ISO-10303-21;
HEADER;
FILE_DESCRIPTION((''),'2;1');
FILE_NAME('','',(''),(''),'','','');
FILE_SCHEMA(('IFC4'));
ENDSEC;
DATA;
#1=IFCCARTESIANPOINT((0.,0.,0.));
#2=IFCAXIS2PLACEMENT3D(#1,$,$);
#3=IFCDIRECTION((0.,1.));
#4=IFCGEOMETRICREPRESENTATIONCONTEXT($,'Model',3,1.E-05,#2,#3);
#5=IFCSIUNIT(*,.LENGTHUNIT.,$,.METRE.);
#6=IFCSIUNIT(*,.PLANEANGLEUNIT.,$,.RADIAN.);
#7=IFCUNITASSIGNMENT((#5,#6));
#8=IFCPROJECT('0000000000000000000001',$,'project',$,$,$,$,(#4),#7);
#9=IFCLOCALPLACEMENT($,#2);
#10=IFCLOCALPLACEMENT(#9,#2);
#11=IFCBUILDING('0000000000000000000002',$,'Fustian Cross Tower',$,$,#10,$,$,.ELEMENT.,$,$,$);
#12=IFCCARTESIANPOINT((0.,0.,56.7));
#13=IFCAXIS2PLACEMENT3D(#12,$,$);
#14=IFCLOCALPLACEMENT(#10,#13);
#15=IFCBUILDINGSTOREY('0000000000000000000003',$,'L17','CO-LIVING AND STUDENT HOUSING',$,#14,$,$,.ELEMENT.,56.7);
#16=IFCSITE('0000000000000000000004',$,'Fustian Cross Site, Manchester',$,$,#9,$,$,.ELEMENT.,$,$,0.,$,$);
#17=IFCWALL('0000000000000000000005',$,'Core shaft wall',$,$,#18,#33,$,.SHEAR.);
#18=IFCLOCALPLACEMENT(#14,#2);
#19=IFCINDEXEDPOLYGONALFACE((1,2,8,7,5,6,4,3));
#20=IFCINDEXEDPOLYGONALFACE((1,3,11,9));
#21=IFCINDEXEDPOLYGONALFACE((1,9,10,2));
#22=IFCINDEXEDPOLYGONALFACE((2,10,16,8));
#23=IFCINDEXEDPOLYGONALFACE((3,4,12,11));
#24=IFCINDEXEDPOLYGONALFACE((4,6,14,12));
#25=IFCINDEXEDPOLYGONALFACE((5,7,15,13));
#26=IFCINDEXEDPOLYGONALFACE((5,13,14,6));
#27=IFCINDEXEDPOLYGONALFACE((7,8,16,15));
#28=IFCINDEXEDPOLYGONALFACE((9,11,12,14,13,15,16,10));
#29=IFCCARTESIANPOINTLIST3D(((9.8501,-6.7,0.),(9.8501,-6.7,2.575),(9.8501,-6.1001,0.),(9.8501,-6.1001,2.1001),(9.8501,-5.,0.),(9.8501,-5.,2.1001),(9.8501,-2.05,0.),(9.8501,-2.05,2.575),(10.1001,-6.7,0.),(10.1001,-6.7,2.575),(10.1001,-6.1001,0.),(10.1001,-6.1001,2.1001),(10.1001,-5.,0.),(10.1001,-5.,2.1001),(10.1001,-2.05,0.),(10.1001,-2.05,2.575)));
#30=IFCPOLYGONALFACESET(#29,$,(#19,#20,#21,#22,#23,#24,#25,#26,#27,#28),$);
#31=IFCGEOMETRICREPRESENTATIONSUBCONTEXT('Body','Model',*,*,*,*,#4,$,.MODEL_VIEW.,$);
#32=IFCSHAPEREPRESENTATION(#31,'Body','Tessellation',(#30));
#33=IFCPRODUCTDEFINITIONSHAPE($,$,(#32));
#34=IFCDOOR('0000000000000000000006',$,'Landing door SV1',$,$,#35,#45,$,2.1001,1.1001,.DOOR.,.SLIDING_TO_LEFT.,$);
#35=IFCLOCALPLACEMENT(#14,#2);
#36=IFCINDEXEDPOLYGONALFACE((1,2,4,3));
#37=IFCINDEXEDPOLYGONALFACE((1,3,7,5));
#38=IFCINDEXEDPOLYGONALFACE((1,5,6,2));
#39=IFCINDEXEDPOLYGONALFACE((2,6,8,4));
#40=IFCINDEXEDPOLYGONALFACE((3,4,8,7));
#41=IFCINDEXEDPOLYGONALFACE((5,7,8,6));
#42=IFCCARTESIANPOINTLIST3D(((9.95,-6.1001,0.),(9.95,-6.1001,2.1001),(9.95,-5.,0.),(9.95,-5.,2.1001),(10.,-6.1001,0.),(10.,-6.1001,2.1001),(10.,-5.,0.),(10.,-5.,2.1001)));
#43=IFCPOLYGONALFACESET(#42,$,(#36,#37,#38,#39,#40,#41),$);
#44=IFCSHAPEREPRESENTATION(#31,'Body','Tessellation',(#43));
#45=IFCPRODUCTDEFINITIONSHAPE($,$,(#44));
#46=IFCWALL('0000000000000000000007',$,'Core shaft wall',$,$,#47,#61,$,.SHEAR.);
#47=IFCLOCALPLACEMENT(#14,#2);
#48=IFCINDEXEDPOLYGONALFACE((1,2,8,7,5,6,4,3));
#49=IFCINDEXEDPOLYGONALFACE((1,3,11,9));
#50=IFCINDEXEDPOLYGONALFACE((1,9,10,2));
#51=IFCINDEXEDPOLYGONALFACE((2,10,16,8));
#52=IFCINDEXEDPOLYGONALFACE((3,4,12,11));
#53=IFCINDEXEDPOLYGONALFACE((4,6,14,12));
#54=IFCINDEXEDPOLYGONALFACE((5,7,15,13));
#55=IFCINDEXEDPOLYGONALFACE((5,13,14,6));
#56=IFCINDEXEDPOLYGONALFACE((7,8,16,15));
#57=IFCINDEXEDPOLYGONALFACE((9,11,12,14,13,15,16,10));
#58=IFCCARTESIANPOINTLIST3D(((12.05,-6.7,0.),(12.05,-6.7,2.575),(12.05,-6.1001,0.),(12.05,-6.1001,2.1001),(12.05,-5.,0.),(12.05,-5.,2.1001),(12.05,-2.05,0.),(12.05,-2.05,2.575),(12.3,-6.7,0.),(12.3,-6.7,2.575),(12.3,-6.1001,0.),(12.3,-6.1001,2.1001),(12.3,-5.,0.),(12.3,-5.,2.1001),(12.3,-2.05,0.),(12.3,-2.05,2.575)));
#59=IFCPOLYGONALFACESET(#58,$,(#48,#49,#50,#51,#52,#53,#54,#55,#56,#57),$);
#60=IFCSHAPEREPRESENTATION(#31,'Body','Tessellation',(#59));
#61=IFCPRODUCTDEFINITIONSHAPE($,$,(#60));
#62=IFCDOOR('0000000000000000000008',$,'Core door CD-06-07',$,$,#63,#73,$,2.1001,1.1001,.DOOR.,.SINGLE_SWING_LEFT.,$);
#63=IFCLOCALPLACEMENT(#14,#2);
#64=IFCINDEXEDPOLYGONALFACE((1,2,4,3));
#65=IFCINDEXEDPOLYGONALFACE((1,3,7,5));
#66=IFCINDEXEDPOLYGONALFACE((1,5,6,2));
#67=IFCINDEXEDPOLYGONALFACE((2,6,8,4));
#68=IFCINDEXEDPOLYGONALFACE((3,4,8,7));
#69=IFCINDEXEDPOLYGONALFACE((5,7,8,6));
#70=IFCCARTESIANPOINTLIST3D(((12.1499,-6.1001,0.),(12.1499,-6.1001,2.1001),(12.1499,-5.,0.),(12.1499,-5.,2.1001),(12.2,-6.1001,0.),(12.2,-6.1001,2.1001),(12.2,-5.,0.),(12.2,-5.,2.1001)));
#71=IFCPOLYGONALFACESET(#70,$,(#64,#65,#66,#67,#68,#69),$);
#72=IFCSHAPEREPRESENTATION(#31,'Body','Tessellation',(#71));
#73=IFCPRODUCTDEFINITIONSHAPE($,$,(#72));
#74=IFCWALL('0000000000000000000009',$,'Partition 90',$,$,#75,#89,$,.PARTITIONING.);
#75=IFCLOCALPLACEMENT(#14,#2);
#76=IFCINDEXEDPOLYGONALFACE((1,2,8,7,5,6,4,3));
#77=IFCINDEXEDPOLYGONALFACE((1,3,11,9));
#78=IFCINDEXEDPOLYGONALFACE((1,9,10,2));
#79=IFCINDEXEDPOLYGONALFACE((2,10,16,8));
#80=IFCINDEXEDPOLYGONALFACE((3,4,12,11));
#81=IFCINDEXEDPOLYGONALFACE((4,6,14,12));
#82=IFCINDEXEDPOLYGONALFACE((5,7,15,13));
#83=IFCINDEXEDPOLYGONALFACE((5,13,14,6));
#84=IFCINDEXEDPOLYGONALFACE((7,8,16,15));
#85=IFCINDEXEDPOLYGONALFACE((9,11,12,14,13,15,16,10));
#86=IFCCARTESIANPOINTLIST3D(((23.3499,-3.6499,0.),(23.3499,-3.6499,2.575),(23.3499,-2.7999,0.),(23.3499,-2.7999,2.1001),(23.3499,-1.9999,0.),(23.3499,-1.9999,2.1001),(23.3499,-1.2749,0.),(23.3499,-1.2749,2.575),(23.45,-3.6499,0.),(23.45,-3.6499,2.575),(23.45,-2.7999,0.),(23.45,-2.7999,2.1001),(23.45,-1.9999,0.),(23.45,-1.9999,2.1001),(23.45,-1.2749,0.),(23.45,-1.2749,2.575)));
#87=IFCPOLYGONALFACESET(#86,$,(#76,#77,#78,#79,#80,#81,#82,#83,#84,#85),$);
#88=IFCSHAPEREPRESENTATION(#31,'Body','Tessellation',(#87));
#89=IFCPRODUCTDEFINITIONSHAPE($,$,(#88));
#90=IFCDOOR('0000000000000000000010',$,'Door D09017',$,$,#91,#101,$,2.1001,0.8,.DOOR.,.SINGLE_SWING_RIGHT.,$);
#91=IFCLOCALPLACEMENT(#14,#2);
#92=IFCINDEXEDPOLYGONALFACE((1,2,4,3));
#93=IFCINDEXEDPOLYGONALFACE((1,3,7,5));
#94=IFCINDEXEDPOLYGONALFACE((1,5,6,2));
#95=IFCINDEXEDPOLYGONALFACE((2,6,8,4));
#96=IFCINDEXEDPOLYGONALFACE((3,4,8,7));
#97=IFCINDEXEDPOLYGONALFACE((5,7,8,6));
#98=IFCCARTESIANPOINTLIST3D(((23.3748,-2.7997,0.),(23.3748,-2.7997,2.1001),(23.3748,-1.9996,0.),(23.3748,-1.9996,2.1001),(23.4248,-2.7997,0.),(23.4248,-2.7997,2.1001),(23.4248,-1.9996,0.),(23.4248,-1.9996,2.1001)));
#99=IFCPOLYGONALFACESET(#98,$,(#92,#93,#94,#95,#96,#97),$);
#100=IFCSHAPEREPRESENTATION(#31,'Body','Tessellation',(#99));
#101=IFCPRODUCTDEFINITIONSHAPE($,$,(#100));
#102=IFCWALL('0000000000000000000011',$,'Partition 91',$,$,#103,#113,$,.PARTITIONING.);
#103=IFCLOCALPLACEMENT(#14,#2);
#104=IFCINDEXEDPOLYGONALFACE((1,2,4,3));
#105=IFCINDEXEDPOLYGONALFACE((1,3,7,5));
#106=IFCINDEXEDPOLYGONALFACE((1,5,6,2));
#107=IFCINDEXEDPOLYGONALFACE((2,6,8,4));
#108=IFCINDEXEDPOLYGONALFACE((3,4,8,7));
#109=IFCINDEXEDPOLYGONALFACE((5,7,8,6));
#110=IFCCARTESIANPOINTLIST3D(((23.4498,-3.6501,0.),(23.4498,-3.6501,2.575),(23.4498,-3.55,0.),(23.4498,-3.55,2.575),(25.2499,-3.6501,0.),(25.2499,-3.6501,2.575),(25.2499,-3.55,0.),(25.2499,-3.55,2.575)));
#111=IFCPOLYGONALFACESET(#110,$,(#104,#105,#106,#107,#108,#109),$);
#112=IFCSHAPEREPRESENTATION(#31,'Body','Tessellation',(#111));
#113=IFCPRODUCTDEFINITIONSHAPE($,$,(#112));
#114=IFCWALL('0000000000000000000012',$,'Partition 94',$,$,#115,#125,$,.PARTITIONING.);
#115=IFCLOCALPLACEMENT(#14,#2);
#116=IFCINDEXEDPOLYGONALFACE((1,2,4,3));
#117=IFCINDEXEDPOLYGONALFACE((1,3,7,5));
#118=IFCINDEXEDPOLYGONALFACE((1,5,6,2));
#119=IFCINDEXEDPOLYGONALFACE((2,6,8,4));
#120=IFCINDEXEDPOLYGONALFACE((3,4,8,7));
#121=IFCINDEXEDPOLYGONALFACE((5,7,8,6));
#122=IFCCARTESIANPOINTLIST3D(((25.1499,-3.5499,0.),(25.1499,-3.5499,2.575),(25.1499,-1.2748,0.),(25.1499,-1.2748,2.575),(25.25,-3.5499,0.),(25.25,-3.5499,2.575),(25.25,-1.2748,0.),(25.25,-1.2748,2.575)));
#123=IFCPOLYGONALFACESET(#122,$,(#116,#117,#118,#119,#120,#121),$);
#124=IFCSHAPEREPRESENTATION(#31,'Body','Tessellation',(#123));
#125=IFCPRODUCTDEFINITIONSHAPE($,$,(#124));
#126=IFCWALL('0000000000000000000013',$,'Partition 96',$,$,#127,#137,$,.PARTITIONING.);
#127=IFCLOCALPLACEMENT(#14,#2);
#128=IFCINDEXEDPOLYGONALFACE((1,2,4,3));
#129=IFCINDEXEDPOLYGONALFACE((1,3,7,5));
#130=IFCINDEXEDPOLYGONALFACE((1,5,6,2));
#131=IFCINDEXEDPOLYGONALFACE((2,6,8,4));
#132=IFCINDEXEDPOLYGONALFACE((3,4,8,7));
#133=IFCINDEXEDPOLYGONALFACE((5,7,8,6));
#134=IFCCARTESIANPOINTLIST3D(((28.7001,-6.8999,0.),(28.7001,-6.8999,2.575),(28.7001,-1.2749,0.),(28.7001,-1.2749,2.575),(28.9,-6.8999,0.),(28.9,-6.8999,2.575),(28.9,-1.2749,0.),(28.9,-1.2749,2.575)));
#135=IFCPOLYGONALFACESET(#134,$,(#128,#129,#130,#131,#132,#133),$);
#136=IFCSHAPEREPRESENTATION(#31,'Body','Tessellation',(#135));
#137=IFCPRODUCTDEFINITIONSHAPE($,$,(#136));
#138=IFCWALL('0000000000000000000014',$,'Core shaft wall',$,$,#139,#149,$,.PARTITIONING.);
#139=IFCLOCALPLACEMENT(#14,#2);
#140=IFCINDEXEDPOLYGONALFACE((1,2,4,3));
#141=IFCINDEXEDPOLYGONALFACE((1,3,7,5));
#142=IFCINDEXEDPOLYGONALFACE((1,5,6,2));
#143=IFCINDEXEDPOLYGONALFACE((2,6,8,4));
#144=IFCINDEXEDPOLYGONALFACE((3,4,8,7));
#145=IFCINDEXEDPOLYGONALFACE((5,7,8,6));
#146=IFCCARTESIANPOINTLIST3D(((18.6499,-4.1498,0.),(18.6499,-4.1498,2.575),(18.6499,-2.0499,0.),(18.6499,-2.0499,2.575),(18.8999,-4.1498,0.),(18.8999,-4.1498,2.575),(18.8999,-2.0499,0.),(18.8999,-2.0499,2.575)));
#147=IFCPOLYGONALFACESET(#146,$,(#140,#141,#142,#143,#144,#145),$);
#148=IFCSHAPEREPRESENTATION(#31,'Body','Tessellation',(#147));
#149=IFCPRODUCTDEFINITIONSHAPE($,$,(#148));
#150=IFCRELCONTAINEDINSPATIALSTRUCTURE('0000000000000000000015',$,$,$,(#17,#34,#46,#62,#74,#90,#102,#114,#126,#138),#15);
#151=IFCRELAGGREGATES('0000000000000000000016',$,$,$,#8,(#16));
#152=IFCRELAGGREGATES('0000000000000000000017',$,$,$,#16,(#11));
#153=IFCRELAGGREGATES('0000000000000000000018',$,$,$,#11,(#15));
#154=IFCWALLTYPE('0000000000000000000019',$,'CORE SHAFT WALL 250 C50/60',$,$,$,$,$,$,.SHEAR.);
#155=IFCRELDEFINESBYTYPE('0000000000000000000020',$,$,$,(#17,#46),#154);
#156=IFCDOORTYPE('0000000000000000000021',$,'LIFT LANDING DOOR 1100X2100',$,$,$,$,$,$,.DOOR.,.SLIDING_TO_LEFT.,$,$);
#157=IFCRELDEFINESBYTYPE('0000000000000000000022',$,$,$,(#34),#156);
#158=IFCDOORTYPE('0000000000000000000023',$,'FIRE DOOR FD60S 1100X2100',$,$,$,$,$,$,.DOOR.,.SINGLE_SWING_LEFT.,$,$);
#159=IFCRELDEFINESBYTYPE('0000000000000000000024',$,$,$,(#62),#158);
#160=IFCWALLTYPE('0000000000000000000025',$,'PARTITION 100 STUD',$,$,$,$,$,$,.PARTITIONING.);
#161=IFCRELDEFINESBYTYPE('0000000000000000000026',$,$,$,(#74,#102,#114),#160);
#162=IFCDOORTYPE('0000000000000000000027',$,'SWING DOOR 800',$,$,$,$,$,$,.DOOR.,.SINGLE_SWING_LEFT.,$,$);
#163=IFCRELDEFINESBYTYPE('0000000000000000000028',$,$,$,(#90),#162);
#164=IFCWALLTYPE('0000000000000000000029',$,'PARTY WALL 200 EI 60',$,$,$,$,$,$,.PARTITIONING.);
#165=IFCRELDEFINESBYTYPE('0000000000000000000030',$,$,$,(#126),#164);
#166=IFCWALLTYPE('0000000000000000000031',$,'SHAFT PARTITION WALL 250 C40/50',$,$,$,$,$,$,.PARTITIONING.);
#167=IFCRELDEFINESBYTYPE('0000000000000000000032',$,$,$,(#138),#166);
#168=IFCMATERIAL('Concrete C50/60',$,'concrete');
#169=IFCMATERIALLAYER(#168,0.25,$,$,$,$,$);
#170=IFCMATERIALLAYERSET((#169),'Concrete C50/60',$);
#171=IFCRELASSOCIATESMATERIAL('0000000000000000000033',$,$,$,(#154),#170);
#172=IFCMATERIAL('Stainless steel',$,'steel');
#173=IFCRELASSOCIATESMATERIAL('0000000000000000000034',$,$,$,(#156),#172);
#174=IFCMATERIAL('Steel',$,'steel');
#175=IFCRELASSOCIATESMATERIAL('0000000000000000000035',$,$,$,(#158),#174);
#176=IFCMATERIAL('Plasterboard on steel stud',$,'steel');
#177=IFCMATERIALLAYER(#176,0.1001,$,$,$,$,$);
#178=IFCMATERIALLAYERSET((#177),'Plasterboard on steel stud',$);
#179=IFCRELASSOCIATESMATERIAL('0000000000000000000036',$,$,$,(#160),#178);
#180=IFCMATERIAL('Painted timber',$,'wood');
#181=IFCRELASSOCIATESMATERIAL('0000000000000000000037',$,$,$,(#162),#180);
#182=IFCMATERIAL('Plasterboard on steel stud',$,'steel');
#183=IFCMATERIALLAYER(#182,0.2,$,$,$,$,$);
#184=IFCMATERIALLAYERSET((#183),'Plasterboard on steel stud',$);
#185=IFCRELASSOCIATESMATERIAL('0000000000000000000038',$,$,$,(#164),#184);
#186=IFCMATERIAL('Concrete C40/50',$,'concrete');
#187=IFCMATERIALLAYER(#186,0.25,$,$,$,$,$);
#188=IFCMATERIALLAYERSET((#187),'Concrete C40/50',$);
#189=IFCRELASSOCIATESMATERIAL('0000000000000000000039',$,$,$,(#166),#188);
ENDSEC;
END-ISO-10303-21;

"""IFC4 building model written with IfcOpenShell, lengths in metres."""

from ifc_helpers import new_model, si_unit, direction, frame, frame_2d, origin, place, context, subcontext, project, spatial, rectangle, extrude, material, layer, layer_set, type_object, element, fill, save


model = new_model("IFC4")

# Units and contexts
model_context = context("Model", 3, precision=1e-05, world=origin(), true_north=direction((0.0, 1.0)))
body_context = subcontext(model_context, "Body", "Model", "MODEL_VIEW")
ifc_project = project(units=[si_unit("LENGTHUNIT", "METRE"), si_unit("PLANEANGLEUNIT", "RADIAN")], contexts=[model_context])

# Site, building, storey
site_placement = place(None, origin())
site = spatial("IfcSite", under=ifc_project, at=site_placement, Name="Fustian Cross Site, Manchester", CompositionType="ELEMENT", RefElevation=0.0)
building_placement = place(site_placement, origin())
building = spatial("IfcBuilding", under=site, at=building_placement, Name="Fustian Cross Tower", CompositionType="ELEMENT")
storey_placement = place(building_placement, frame((0.0, 0.0, 56.7)))
storey = spatial("IfcBuildingStorey", under=building, at=storey_placement, Name="L17", Description="CO-LIVING AND STUDENT HOUSING", CompositionType="ELEMENT", Elevation=56.7)

# Shared definitions
ifc_material_1 = material(Name="Concrete C50/60", Category="concrete")
ifc_layer_1 = layer(ifc_material_1, 0.25)
ifc_layer_set_1 = layer_set([ifc_layer_1], Name="Concrete C50/60")
wall_type_1 = type_object("IfcWallType", Name="CORE SHAFT WALL 250 C50/60", PredefinedType="SHEAR", material=ifc_layer_set_1)

# Walls, openings, doors
wall_1_placement = place(storey_placement, frame((9.9751, -2.05, 0.0), z_axis=(0.0, 0.0, 1.0), x_axis=(0.0, -1.0, 0.0)))
wall_1 = element("IfcWall", 1, at=wall_1_placement, inside=storey, type_object=wall_type_1, Name="Core shaft wall", PredefinedType="SHEAR", context=body_context, shape_type="SweptSolid", body=[
    extrude(rectangle(XDim=4.6499, YDim=0.25, at=frame_2d((2.325, 0.0))), origin(), (0.0, 0.0, 1.0), 2.575),
])
opening_1_placement = place(wall_1_placement, frame((2.95, 0.0, 0.0)))
opening_1 = element("IfcOpeningElement", 2, at=opening_1_placement, cuts=wall_1, PredefinedType="OPENING", context=body_context, shape_type="SweptSolid", body=[
    extrude(rectangle(XDim=1.1001, YDim=2.1001, at=frame_2d((0.55, 1.05))), frame((0.0, 0.135, 0.0), z_axis=(0.0, -1.0, 0.0), x_axis=(1.0, 0.0, 0.0)), (0.0, 0.0, 1.0), 0.27),
])
ifc_material_2 = material(Name="Stainless steel", Category="steel")
door_type_1 = type_object("IfcDoorType", Name="LIFT LANDING DOOR 1100X2100", OperationType="SLIDING_TO_LEFT", PredefinedType="DOOR", material=ifc_material_2)
door_1_placement = place(opening_1_placement, origin())
door_1 = element("IfcDoor", 3, at=door_1_placement, inside=storey, type_object=door_type_1, Name="Landing door SV1", OperationType="SLIDING_TO_LEFT", OverallHeight=2.1001, OverallWidth=1.1001, PredefinedType="DOOR", context=body_context, shape_type="SweptSolid", body=[
    extrude(rectangle(XDim=1.1001, YDim=2.1001, at=frame_2d((0.55, 1.05))), frame((0.0, 0.0249, 0.0), z_axis=(0.0, -1.0, 0.0), x_axis=(1.0, 0.0, 0.0)), (0.0, 0.0, 1.0), 0.05),
])
fill(opening_1, door_1)
wall_2_placement = place(storey_placement, frame((12.175, -2.05, 0.0), z_axis=(0.0, 0.0, 1.0), x_axis=(0.0, -1.0, 0.0)))
wall_2 = element("IfcWall", 4, at=wall_2_placement, inside=storey, type_object=wall_type_1, Name="Core shaft wall", PredefinedType="SHEAR", context=body_context, shape_type="SweptSolid", body=[
    extrude(rectangle(XDim=4.6499, YDim=0.25, at=frame_2d((2.325, 0.0))), origin(), (0.0, 0.0, 1.0), 2.575),
])
opening_2_placement = place(wall_2_placement, frame((2.95, 0.0, 0.0)))
opening_2 = element("IfcOpeningElement", 5, at=opening_2_placement, cuts=wall_2, PredefinedType="OPENING", context=body_context, shape_type="SweptSolid", body=[
    extrude(rectangle(XDim=1.1001, YDim=2.1001, at=frame_2d((0.55, 1.05))), frame((0.0, 0.135, 0.0), z_axis=(0.0, -1.0, 0.0), x_axis=(1.0, 0.0, 0.0)), (0.0, 0.0, 1.0), 0.27),
])
ifc_material_3 = material(Name="Steel", Category="steel")
door_type_2 = type_object("IfcDoorType", Name="FIRE DOOR FD60S 1100X2100", OperationType="SINGLE_SWING_LEFT", PredefinedType="DOOR", material=ifc_material_3)
door_2_placement = place(opening_2_placement, origin())
door_2 = element("IfcDoor", 6, at=door_2_placement, inside=storey, type_object=door_type_2, Name="Core door CD-06-07", OperationType="SINGLE_SWING_LEFT", OverallHeight=2.1001, OverallWidth=1.1001, PredefinedType="DOOR", context=body_context, shape_type="SweptSolid", body=[
    extrude(rectangle(XDim=1.1001, YDim=2.1001, at=frame_2d((0.55, 1.05))), frame((0.0, 0.0249, 0.0), z_axis=(0.0, -1.0, 0.0), x_axis=(1.0, 0.0, 0.0)), (0.0, 0.0, 1.0), 0.05),
])
fill(opening_2, door_2)
ifc_material_4 = material(Name="Plasterboard on steel stud", Category="steel")
ifc_layer_2 = layer(ifc_material_4, 0.1001)
ifc_layer_set_2 = layer_set([ifc_layer_2], Name="Plasterboard on steel stud")
wall_type_2 = type_object("IfcWallType", Name="PARTITION 100 STUD", PredefinedType="PARTITIONING", material=ifc_layer_set_2)
wall_3_placement = place(storey_placement, frame((23.3999, -3.6499, 0.0), z_axis=(0.0, 0.0, 1.0), x_axis=(0.0, 1.0, 0.0)))
wall_3 = element("IfcWall", 7, at=wall_3_placement, inside=storey, type_object=wall_type_2, Name="Partition 90", PredefinedType="PARTITIONING", context=body_context, shape_type="SweptSolid", body=[
    extrude(rectangle(XDim=2.375, YDim=0.1001, at=frame_2d((1.1875, 0.0))), origin(), (0.0, 0.0, 1.0), 2.575),
])
opening_3_placement = place(wall_3_placement, frame((0.8501, 0.0, 0.0)))
opening_3 = element("IfcOpeningElement", 8, at=opening_3_placement, cuts=wall_3, PredefinedType="OPENING", context=body_context, shape_type="SweptSolid", body=[
    extrude(rectangle(XDim=0.8, YDim=2.1001, at=frame_2d((0.3999, 1.05))), frame((0.0, 0.0601, 0.0), z_axis=(0.0, -1.0, 0.0), x_axis=(1.0, 0.0, 0.0)), (0.0, 0.0, 1.0), 0.1201),
])
ifc_material_5 = material(Name="Painted timber", Category="wood")
door_type_3 = type_object("IfcDoorType", Name="SWING DOOR 800", OperationType="SINGLE_SWING_LEFT", PredefinedType="DOOR", material=ifc_material_5)
door_3_placement = place(opening_3_placement, frame((0.8, 0.0, 0.0), z_axis=(0.0, 0.0, 1.0), x_axis=(-1.0, 0.0, 0.0)))
door_3 = element("IfcDoor", 9, at=door_3_placement, inside=storey, type_object=door_type_3, Name="Door D09017", OperationType="SINGLE_SWING_RIGHT", OverallHeight=2.1001, OverallWidth=0.8, PredefinedType="DOOR", context=body_context, shape_type="SweptSolid", body=[
    extrude(rectangle(XDim=0.8, YDim=2.1001, at=frame_2d((0.3999, 1.05))), frame((0.0, 0.0249, 0.0), z_axis=(0.0, -1.0, 0.0), x_axis=(1.0, 0.0, 0.0)), (0.0, 0.0, 1.0), 0.05),
])
fill(opening_3, door_3)

# Walls
wall_4_placement = place(storey_placement, frame((23.45, -3.6001, 0.0), z_axis=(0.0, 0.0, 1.0), x_axis=(1.0, 0.0, 0.0)))
element("IfcWall", 10, at=wall_4_placement, inside=storey, type_object=wall_type_2, Name="Partition 91", PredefinedType="PARTITIONING", context=body_context, shape_type="SweptSolid", body=[
    extrude(rectangle(XDim=1.8, YDim=0.1001, at=frame_2d((0.8999, 0.0))), origin(), (0.0, 0.0, 1.0), 2.575),
])
wall_5_placement = place(storey_placement, frame((25.2, -3.55, 0.0), z_axis=(0.0, 0.0, 1.0), x_axis=(0.0, 1.0, 0.0)))
element("IfcWall", 11, at=wall_5_placement, inside=storey, type_object=wall_type_2, Name="Partition 94", PredefinedType="PARTITIONING", context=body_context, shape_type="SweptSolid", body=[
    extrude(rectangle(XDim=2.2751, YDim=0.1001, at=frame_2d((1.1377, 0.0))), origin(), (0.0, 0.0, 1.0), 2.575),
])
ifc_material_6 = material(Name="Plasterboard on steel stud", Category="steel")
ifc_layer_3 = layer(ifc_material_6, 0.2)
ifc_layer_set_3 = layer_set([ifc_layer_3], Name="Plasterboard on steel stud")
wall_type_3 = type_object("IfcWallType", Name="PARTY WALL 200 EI 60", PredefinedType="PARTITIONING", material=ifc_layer_set_3)
wall_6_placement = place(storey_placement, frame((28.8, -6.8999, 0.0), z_axis=(0.0, 0.0, 1.0), x_axis=(0.0, 1.0, 0.0)))
element("IfcWall", 12, at=wall_6_placement, inside=storey, type_object=wall_type_3, Name="Partition 96", PredefinedType="PARTITIONING", context=body_context, shape_type="SweptSolid", body=[
    extrude(rectangle(XDim=5.625, YDim=0.2, at=frame_2d((2.8125, 0.0))), origin(), (0.0, 0.0, 1.0), 2.575),
])
ifc_material_7 = material(Name="Concrete C40/50", Category="concrete")
ifc_layer_4 = layer(ifc_material_7, 0.25)
ifc_layer_set_4 = layer_set([ifc_layer_4], Name="Concrete C40/50")
wall_type_4 = type_object("IfcWallType", Name="SHAFT PARTITION WALL 250 C40/50", PredefinedType="PARTITIONING", material=ifc_layer_set_4)
wall_7_placement = place(storey_placement, frame((18.7749, -2.05, 0.0), z_axis=(0.0, 0.0, 1.0), x_axis=(0.0, -1.0, 0.0)))
element("IfcWall", 13, at=wall_7_placement, inside=storey, type_object=wall_type_4, Name="Core shaft wall", PredefinedType="PARTITIONING", context=body_context, shape_type="SweptSolid", body=[
    extrude(rectangle(XDim=2.0999, YDim=0.25, at=frame_2d((1.0498, 0.0))), origin(), (0.0, 0.0, 1.0), 2.575),
])

save(model, "model.ifc")
